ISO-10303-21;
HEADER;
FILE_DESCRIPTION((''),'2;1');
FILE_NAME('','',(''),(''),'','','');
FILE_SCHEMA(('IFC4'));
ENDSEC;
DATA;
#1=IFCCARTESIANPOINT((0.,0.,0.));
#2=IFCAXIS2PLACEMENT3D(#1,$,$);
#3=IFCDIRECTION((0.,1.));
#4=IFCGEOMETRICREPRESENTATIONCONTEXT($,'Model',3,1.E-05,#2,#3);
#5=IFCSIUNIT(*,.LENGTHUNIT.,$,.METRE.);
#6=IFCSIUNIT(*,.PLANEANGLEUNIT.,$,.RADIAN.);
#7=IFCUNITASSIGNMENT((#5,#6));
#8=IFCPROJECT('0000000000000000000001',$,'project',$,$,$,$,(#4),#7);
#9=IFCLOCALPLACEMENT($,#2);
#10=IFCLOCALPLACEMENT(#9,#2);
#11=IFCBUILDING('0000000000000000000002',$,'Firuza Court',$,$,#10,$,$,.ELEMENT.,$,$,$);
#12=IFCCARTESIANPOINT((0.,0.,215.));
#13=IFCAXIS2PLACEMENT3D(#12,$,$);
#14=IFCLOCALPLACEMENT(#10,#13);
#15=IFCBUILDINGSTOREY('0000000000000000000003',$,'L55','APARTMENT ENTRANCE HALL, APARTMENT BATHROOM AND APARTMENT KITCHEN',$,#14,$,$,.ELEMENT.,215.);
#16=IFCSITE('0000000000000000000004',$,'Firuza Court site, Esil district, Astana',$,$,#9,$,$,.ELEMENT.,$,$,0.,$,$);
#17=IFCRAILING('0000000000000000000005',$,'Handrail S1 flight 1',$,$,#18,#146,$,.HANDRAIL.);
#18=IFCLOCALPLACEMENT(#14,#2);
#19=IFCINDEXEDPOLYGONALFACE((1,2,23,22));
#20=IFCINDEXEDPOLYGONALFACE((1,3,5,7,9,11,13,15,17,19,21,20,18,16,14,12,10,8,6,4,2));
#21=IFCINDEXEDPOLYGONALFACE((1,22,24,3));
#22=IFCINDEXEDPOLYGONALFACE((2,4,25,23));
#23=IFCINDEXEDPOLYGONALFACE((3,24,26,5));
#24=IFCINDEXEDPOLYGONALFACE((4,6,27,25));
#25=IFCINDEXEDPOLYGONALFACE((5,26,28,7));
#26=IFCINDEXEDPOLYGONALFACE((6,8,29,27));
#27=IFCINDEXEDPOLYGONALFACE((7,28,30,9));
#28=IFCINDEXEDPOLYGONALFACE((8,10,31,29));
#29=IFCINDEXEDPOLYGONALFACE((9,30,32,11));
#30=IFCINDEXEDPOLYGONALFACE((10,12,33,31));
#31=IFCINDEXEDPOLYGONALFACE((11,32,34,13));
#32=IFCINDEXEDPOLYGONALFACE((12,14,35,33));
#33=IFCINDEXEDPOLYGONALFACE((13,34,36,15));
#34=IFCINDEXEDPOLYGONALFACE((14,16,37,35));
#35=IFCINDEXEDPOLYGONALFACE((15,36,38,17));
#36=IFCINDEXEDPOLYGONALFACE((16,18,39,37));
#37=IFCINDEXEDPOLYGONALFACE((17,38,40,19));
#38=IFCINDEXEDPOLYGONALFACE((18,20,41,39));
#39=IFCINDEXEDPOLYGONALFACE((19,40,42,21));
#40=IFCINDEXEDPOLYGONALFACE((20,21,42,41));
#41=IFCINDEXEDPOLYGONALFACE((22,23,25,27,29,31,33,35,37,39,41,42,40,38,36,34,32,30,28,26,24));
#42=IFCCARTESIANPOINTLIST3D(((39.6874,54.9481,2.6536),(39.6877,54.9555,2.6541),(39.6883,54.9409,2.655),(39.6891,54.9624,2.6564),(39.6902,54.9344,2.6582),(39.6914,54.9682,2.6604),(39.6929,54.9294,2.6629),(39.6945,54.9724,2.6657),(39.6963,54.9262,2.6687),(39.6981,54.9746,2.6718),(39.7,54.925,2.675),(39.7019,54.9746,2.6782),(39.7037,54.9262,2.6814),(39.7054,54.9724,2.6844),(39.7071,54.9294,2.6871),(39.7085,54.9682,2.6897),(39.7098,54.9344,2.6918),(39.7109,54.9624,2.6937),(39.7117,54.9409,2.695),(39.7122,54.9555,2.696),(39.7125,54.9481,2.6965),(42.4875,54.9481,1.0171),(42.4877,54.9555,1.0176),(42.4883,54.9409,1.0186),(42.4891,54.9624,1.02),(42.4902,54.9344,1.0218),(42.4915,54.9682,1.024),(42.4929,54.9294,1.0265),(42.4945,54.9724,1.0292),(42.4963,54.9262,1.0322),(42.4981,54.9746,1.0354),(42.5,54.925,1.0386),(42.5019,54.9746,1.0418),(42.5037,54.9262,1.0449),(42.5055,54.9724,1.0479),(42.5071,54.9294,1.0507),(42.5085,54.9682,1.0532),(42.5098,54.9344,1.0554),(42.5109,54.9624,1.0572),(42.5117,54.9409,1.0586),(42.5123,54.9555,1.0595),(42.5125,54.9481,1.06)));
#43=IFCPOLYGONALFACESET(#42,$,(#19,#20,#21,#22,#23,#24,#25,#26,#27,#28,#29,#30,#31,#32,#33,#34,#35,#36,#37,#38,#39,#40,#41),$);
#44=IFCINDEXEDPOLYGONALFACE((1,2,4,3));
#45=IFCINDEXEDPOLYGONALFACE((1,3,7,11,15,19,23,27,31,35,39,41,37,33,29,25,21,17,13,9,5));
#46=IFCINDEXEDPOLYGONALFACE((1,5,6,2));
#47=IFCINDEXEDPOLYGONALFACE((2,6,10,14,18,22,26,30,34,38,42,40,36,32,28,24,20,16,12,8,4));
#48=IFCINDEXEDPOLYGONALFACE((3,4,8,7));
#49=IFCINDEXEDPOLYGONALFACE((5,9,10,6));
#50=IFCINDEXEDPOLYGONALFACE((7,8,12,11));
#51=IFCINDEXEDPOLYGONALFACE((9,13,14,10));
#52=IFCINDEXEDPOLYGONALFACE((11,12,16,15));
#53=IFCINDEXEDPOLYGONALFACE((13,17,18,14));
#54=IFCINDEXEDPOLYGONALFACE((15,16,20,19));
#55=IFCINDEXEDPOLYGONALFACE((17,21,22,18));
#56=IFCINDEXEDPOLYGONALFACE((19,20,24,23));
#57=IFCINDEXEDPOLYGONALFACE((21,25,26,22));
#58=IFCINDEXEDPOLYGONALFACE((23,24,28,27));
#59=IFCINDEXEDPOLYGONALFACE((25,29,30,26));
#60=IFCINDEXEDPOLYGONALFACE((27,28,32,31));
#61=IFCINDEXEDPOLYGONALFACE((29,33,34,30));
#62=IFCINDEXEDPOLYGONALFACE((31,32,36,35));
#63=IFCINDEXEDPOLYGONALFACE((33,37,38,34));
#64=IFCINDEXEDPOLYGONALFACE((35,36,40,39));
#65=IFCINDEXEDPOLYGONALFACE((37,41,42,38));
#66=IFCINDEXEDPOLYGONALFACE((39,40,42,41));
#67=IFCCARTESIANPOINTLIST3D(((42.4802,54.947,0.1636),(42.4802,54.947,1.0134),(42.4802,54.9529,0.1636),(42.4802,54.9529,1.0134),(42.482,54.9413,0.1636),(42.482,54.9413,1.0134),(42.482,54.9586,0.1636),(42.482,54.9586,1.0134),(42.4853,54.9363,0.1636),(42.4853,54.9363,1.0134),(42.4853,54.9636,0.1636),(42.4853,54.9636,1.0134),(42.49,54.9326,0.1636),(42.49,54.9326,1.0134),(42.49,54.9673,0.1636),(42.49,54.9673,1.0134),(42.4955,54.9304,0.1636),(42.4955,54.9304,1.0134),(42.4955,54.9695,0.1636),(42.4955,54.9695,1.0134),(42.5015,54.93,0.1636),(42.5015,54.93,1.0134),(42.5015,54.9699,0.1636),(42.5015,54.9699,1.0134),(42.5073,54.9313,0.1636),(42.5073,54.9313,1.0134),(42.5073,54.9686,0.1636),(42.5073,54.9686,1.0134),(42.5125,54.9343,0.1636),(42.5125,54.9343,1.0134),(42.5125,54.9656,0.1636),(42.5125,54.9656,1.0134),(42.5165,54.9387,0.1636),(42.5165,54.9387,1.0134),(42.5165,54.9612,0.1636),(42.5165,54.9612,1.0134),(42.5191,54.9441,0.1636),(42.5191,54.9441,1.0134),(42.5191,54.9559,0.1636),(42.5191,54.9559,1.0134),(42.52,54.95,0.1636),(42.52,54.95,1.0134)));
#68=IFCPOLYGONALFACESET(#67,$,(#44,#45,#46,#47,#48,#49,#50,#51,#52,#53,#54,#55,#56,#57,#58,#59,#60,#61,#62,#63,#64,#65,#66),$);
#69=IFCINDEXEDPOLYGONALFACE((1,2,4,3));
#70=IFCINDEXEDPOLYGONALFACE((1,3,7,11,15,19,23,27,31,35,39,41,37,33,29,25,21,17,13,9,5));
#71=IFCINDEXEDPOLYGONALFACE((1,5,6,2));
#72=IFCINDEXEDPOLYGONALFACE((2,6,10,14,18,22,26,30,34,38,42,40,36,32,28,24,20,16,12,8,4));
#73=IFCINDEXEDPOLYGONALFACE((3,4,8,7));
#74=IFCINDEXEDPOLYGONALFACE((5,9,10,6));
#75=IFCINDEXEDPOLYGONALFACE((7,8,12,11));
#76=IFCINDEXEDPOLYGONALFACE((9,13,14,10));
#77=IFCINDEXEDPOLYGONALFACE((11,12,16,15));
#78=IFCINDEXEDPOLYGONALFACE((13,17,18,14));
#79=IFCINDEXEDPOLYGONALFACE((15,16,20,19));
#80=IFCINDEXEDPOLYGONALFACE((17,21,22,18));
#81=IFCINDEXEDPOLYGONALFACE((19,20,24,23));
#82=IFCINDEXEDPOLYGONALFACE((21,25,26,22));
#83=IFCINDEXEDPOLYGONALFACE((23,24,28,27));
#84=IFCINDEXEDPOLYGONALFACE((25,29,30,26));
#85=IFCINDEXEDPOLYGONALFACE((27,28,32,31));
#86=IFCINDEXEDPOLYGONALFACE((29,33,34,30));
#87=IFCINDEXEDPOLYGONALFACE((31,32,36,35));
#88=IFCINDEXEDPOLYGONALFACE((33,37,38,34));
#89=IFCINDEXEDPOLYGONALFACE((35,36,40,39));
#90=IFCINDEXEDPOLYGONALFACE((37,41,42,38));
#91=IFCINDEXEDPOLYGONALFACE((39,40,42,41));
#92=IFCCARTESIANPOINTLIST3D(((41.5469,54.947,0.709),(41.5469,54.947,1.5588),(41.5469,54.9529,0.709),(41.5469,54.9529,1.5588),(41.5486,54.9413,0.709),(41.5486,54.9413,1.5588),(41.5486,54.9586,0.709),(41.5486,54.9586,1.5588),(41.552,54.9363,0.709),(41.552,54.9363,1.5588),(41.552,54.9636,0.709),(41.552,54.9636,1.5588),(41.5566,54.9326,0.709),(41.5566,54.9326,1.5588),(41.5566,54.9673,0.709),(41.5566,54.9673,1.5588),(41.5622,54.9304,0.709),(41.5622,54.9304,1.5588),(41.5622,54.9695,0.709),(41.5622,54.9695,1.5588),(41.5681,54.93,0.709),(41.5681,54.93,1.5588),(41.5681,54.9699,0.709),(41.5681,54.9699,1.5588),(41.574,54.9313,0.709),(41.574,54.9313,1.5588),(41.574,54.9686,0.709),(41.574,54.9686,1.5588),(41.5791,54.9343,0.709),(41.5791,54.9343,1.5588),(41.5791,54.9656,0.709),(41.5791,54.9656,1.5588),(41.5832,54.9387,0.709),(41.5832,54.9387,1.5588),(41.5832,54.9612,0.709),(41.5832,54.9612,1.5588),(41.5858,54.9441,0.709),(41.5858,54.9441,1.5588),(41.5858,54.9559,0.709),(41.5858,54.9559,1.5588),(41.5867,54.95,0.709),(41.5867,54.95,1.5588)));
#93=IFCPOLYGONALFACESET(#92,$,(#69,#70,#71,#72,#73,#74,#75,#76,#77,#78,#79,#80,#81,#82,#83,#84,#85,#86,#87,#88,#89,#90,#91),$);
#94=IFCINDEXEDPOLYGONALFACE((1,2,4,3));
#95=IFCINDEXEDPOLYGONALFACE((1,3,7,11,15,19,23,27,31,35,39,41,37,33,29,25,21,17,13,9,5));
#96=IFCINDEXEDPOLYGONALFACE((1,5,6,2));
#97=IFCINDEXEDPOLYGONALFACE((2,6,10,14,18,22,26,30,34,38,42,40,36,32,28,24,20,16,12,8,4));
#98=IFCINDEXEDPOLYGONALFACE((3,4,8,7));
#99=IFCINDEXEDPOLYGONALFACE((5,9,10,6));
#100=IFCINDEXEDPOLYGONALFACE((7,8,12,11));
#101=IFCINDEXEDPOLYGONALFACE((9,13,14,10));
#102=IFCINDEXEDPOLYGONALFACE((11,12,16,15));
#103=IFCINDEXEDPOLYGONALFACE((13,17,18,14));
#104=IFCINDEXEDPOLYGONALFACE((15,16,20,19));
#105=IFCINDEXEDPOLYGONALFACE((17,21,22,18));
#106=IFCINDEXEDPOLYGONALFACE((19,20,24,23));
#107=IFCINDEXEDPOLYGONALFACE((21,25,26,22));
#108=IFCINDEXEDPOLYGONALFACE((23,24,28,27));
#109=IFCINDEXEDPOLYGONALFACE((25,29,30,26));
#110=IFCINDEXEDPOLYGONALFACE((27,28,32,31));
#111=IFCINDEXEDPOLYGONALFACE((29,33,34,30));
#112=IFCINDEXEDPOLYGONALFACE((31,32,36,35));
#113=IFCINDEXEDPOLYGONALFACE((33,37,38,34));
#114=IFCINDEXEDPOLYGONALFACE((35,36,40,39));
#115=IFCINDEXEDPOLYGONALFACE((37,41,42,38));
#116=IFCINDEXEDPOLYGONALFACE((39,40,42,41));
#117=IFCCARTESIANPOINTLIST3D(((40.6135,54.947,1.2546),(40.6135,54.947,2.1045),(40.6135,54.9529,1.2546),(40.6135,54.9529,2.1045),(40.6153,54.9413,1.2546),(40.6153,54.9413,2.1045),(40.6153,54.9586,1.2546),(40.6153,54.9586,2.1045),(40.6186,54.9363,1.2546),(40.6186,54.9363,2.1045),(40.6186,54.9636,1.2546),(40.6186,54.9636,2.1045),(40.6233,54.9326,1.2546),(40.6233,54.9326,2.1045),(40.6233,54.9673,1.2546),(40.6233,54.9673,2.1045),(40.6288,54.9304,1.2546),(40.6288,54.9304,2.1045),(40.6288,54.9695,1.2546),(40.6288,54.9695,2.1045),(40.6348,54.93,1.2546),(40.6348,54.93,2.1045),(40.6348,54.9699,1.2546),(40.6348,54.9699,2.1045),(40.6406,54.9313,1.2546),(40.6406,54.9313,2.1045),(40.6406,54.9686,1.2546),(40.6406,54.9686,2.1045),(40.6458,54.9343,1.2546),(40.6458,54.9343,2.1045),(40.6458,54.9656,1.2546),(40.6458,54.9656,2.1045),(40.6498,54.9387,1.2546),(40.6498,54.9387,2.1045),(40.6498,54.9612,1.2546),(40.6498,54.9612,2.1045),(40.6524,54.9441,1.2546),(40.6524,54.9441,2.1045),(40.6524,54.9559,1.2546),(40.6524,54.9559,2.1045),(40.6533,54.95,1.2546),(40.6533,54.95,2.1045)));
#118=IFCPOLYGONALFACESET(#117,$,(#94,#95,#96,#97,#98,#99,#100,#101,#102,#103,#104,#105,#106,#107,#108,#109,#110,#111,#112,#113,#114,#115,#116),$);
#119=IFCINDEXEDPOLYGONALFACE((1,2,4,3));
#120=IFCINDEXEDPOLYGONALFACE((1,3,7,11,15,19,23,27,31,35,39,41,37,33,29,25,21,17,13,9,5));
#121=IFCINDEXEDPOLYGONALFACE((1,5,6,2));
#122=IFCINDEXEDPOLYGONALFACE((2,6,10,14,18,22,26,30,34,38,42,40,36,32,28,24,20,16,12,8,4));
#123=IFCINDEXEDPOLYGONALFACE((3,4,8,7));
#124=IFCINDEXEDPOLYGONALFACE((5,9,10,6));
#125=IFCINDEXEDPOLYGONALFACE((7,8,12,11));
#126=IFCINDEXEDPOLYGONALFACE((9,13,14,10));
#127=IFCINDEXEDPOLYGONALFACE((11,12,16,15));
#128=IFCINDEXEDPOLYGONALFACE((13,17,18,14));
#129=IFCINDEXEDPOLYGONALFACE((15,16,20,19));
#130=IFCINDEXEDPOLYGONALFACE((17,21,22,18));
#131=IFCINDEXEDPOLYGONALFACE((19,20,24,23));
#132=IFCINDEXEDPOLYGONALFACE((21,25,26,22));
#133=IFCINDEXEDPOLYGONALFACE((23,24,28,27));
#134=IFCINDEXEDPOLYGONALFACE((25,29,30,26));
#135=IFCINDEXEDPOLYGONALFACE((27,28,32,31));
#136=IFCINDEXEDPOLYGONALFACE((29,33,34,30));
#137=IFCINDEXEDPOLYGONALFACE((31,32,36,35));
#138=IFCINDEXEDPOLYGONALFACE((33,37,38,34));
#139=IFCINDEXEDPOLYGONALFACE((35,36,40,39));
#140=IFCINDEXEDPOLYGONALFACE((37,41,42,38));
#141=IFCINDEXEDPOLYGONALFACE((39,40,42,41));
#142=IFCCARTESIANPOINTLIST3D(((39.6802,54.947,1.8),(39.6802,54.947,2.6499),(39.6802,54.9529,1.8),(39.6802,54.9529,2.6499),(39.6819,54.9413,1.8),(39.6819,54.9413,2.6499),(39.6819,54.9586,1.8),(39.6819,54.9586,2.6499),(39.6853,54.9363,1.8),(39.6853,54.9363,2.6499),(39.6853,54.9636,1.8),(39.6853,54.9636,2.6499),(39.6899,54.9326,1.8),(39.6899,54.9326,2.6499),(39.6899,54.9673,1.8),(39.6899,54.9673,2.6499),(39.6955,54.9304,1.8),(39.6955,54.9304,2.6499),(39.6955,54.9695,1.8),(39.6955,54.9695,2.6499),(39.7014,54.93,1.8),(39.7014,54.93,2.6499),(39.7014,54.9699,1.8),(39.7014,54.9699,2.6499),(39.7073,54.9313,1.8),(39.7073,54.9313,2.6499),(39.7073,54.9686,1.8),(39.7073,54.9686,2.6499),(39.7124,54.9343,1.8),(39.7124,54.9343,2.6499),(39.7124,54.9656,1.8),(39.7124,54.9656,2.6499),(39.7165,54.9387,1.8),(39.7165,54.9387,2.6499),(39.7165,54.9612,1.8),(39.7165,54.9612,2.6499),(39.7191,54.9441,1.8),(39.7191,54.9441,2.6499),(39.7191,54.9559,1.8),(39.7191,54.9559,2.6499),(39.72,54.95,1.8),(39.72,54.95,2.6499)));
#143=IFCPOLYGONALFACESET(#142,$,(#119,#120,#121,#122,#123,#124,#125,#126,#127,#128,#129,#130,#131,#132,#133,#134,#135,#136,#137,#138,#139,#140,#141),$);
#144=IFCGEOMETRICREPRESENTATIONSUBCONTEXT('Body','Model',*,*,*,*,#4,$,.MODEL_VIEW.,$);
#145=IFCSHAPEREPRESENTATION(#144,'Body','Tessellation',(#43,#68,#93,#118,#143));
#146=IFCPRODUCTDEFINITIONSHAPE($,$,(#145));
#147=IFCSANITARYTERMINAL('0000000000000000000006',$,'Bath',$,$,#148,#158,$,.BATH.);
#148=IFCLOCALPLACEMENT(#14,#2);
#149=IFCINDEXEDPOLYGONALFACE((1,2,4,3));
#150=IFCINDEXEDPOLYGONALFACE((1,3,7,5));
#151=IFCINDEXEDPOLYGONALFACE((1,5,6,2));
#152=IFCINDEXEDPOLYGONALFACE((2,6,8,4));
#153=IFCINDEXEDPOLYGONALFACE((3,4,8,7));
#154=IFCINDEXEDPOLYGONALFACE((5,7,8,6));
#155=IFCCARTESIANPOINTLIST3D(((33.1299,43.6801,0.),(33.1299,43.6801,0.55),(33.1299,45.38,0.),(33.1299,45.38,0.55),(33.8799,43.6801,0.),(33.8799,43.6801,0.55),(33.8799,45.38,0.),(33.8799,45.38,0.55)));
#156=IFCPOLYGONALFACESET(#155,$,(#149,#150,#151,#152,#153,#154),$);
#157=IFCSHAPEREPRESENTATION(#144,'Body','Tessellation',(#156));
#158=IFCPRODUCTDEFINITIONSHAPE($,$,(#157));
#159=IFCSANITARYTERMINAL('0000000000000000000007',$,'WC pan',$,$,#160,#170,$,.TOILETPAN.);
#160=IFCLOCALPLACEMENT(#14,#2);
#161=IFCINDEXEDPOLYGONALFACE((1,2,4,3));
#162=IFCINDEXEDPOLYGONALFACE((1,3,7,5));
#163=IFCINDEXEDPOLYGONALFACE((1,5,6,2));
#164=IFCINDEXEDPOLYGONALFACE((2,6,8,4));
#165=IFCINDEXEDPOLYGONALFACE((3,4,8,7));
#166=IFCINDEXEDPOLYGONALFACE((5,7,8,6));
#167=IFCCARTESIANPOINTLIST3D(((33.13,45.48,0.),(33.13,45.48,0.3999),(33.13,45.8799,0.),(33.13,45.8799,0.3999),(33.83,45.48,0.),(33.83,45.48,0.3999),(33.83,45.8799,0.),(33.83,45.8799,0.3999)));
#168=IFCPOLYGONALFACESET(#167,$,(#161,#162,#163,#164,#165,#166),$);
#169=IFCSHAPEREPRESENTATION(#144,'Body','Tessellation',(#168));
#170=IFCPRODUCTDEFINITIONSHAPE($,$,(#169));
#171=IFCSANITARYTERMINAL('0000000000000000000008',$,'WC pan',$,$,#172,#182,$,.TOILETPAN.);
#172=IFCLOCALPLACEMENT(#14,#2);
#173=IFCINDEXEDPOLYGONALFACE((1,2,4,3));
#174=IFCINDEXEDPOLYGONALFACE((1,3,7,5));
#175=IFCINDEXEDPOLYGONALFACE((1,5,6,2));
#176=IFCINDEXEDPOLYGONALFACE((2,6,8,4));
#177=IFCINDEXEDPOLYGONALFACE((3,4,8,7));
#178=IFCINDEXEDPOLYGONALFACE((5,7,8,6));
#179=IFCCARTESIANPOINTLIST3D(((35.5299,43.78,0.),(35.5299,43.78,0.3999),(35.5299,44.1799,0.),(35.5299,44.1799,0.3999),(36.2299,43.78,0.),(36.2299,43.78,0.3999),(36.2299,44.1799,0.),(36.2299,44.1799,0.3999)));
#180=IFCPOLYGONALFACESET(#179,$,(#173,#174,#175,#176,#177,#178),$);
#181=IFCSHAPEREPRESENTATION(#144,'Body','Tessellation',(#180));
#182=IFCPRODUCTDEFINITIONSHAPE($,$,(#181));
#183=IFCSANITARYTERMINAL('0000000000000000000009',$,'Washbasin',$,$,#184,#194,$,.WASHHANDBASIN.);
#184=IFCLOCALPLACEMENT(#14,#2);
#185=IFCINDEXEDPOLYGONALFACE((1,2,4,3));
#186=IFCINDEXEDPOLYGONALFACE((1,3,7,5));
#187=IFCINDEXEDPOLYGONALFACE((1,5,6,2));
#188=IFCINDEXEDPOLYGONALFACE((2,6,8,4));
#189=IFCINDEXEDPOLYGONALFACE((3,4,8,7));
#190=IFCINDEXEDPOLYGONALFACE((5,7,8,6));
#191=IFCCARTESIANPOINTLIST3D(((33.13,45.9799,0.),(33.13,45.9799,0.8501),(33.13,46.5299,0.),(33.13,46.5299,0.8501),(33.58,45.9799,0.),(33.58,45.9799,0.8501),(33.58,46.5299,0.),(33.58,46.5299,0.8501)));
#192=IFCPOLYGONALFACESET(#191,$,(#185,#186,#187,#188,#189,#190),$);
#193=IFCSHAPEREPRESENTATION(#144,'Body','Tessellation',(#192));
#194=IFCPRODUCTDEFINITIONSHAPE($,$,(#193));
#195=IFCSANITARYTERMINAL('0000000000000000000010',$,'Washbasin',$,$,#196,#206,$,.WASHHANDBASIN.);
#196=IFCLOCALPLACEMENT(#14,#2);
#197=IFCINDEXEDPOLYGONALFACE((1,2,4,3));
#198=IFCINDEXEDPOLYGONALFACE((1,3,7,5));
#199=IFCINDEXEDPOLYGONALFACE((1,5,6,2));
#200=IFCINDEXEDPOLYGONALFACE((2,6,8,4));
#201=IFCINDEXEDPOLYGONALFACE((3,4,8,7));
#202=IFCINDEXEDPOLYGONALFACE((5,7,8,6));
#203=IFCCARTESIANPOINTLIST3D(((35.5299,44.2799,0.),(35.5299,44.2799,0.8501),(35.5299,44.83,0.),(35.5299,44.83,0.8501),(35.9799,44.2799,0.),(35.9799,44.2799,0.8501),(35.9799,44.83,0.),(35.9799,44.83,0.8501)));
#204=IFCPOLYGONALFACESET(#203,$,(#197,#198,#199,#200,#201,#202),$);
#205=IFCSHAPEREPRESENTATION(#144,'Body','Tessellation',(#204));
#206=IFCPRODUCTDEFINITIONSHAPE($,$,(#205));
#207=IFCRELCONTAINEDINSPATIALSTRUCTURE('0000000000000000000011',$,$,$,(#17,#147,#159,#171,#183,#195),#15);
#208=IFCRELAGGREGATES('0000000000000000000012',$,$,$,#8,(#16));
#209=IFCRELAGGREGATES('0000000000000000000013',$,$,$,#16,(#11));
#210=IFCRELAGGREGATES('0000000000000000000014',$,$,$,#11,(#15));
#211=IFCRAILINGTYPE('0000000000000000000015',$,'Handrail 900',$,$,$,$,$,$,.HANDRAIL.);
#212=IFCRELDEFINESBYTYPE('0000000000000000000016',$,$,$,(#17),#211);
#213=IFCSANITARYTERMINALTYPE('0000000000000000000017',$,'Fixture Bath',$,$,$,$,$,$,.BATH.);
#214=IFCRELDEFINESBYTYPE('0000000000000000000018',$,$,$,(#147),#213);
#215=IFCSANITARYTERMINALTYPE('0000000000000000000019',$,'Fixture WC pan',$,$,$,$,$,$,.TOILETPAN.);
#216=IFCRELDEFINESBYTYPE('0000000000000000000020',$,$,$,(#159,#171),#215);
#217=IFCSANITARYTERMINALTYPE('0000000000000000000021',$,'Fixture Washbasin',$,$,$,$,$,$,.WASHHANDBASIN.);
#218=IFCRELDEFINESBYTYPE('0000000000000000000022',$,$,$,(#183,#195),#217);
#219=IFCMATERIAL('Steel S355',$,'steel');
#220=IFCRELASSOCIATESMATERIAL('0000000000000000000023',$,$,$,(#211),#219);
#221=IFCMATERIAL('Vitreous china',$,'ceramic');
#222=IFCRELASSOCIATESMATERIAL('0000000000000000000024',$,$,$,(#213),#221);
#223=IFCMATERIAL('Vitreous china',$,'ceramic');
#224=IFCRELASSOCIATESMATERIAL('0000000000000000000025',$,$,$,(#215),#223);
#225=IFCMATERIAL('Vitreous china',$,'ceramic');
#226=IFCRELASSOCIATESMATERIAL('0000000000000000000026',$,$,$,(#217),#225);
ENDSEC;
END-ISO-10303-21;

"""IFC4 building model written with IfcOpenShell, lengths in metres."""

from ifc_helpers import new_model, si_unit, direction, frame, origin, origin_2d, place, context, subcontext, project, spatial, rectangle, circle, extrude, material, type_object, element, save


model = new_model("IFC4")

# Units and contexts
model_context = context("Model", 3, precision=1e-05, world=origin(), true_north=direction((0.0, 1.0)))
body_context = subcontext(model_context, "Body", "Model", "MODEL_VIEW")
ifc_project = project(units=[si_unit("LENGTHUNIT", "METRE"), si_unit("PLANEANGLEUNIT", "RADIAN")], contexts=[model_context])

# Site, building, storey
site_placement = place(None, origin())
site = spatial("IfcSite", under=ifc_project, at=site_placement, Name="Firuza Court site, Esil district, Astana", CompositionType="ELEMENT", RefElevation=0.0)
building_placement = place(site_placement, origin())
building = spatial("IfcBuilding", under=site, at=building_placement, Name="Firuza Court", CompositionType="ELEMENT")
storey_placement = place(building_placement, frame((0.0, 0.0, 215.0)))
storey = spatial("IfcBuildingStorey", under=building, at=storey_placement, Name="L55", Description="APARTMENT ENTRANCE HALL, APARTMENT BATHROOM AND APARTMENT KITCHEN", CompositionType="ELEMENT", Elevation=215.0)

# Railing
ifc_material_1 = material(Name="Steel S355", Category="steel")
railing_type_1 = type_object("IfcRailingType", Name="Handrail 900", PredefinedType="HANDRAIL", material=ifc_material_1)
railing_1_placement = place(storey_placement, frame((42.5, 54.95, 0.1636)))
element("IfcRailing", 1, at=railing_1_placement, inside=storey, type_object=railing_type_1, Name="Handrail S1 flight 1", PredefinedType="HANDRAIL", context=body_context, shape_type="SweptSolid", body=[
    extrude(circle(Radius=0.0249, at=origin_2d()), frame((0.0, 0.0, 0.875), z_axis=(-0.863361, 0.0, 0.504587), x_axis=(0.0, -1.0, 0.0)), (0.0, 0.0, 1.0), 3.2432),
    extrude(circle(Radius=0.02, at=origin_2d()), origin(), (0.0, 0.0, 1.0), 0.8499),
    extrude(circle(Radius=0.02, at=origin_2d()), frame((-0.9333, 0.0, 0.5454)), (0.0, 0.0, 1.0), 0.8499),
    extrude(circle(Radius=0.02, at=origin_2d()), frame((-1.8667, 0.0, 1.0911)), (0.0, 0.0, 1.0), 0.8499),
    extrude(circle(Radius=0.02, at=origin_2d()), frame((-2.8, 0.0, 1.6365)), (0.0, 0.0, 1.0), 0.8499),
])

# Sanitary terminals
ifc_material_2 = material(Name="Vitreous china", Category="ceramic")
sanitary_terminal_type_1 = type_object("IfcSanitaryTerminalType", Name="Fixture Bath", PredefinedType="BATH", material=ifc_material_2)
sanitary_terminal_placement = place(storey_placement, frame((33.5049, 44.53, 0.0), z_axis=(0.0, 0.0, 1.0), x_axis=(1.0, 0.0, 0.0)))
element("IfcSanitaryTerminal", 2, at=sanitary_terminal_placement, inside=storey, type_object=sanitary_terminal_type_1, Name="Bath", PredefinedType="BATH", context=body_context, shape_type="SweptSolid", body=[
    extrude(rectangle(XDim=0.75, YDim=1.7, at=origin_2d()), origin(), (0.0, 0.0, 1.0), 0.55),
])
ifc_material_3 = material(Name="Vitreous china", Category="ceramic")
sanitary_terminal_type_2 = type_object("IfcSanitaryTerminalType", Name="Fixture WC pan", PredefinedType="TOILETPAN", material=ifc_material_3)
for number, where, z_axis, x_axis, name in (
    (3, (33.48, 45.6799, 0.0), (0.0, 0.0, 1.0), (1.0, 0.0, 0.0), "WC pan"),
    (4, (35.8799, 43.98, 0.0), (0.0, 0.0, 1.0), (1.0, 0.0, 0.0), "WC pan"),
):
    element("IfcSanitaryTerminal", number, at=place(storey_placement, frame(where, z_axis=z_axis, x_axis=x_axis)), inside=storey, type_object=sanitary_terminal_type_2, Name=name, PredefinedType="TOILETPAN", context=body_context, shape_type="SweptSolid", body=[
        extrude(rectangle(XDim=0.7, YDim=0.3999, at=origin_2d()), origin(), (0.0, 0.0, 1.0), 0.3999),
    ])
ifc_material_4 = material(Name="Vitreous china", Category="ceramic")
sanitary_terminal_type_3 = type_object("IfcSanitaryTerminalType", Name="Fixture Washbasin", PredefinedType="WASHHANDBASIN", material=ifc_material_4)
for number, where, z_axis, x_axis, name in (
    (5, (33.355, 46.2549, 0.0), (0.0, 0.0, 1.0), (1.0, 0.0, 0.0), "Washbasin"),
    (6, (35.7549, 44.5549, 0.0), (0.0, 0.0, 1.0), (1.0, 0.0, 0.0), "Washbasin"),
):
    element("IfcSanitaryTerminal", number, at=place(storey_placement, frame(where, z_axis=z_axis, x_axis=x_axis)), inside=storey, type_object=sanitary_terminal_type_3, Name=name, PredefinedType="WASHHANDBASIN", context=body_context, shape_type="SweptSolid", body=[
        extrude(rectangle(XDim=0.45, YDim=0.55, at=origin_2d()), origin(), (0.0, 0.0, 1.0), 0.8501),
    ])

save(model, "model.ifc")
